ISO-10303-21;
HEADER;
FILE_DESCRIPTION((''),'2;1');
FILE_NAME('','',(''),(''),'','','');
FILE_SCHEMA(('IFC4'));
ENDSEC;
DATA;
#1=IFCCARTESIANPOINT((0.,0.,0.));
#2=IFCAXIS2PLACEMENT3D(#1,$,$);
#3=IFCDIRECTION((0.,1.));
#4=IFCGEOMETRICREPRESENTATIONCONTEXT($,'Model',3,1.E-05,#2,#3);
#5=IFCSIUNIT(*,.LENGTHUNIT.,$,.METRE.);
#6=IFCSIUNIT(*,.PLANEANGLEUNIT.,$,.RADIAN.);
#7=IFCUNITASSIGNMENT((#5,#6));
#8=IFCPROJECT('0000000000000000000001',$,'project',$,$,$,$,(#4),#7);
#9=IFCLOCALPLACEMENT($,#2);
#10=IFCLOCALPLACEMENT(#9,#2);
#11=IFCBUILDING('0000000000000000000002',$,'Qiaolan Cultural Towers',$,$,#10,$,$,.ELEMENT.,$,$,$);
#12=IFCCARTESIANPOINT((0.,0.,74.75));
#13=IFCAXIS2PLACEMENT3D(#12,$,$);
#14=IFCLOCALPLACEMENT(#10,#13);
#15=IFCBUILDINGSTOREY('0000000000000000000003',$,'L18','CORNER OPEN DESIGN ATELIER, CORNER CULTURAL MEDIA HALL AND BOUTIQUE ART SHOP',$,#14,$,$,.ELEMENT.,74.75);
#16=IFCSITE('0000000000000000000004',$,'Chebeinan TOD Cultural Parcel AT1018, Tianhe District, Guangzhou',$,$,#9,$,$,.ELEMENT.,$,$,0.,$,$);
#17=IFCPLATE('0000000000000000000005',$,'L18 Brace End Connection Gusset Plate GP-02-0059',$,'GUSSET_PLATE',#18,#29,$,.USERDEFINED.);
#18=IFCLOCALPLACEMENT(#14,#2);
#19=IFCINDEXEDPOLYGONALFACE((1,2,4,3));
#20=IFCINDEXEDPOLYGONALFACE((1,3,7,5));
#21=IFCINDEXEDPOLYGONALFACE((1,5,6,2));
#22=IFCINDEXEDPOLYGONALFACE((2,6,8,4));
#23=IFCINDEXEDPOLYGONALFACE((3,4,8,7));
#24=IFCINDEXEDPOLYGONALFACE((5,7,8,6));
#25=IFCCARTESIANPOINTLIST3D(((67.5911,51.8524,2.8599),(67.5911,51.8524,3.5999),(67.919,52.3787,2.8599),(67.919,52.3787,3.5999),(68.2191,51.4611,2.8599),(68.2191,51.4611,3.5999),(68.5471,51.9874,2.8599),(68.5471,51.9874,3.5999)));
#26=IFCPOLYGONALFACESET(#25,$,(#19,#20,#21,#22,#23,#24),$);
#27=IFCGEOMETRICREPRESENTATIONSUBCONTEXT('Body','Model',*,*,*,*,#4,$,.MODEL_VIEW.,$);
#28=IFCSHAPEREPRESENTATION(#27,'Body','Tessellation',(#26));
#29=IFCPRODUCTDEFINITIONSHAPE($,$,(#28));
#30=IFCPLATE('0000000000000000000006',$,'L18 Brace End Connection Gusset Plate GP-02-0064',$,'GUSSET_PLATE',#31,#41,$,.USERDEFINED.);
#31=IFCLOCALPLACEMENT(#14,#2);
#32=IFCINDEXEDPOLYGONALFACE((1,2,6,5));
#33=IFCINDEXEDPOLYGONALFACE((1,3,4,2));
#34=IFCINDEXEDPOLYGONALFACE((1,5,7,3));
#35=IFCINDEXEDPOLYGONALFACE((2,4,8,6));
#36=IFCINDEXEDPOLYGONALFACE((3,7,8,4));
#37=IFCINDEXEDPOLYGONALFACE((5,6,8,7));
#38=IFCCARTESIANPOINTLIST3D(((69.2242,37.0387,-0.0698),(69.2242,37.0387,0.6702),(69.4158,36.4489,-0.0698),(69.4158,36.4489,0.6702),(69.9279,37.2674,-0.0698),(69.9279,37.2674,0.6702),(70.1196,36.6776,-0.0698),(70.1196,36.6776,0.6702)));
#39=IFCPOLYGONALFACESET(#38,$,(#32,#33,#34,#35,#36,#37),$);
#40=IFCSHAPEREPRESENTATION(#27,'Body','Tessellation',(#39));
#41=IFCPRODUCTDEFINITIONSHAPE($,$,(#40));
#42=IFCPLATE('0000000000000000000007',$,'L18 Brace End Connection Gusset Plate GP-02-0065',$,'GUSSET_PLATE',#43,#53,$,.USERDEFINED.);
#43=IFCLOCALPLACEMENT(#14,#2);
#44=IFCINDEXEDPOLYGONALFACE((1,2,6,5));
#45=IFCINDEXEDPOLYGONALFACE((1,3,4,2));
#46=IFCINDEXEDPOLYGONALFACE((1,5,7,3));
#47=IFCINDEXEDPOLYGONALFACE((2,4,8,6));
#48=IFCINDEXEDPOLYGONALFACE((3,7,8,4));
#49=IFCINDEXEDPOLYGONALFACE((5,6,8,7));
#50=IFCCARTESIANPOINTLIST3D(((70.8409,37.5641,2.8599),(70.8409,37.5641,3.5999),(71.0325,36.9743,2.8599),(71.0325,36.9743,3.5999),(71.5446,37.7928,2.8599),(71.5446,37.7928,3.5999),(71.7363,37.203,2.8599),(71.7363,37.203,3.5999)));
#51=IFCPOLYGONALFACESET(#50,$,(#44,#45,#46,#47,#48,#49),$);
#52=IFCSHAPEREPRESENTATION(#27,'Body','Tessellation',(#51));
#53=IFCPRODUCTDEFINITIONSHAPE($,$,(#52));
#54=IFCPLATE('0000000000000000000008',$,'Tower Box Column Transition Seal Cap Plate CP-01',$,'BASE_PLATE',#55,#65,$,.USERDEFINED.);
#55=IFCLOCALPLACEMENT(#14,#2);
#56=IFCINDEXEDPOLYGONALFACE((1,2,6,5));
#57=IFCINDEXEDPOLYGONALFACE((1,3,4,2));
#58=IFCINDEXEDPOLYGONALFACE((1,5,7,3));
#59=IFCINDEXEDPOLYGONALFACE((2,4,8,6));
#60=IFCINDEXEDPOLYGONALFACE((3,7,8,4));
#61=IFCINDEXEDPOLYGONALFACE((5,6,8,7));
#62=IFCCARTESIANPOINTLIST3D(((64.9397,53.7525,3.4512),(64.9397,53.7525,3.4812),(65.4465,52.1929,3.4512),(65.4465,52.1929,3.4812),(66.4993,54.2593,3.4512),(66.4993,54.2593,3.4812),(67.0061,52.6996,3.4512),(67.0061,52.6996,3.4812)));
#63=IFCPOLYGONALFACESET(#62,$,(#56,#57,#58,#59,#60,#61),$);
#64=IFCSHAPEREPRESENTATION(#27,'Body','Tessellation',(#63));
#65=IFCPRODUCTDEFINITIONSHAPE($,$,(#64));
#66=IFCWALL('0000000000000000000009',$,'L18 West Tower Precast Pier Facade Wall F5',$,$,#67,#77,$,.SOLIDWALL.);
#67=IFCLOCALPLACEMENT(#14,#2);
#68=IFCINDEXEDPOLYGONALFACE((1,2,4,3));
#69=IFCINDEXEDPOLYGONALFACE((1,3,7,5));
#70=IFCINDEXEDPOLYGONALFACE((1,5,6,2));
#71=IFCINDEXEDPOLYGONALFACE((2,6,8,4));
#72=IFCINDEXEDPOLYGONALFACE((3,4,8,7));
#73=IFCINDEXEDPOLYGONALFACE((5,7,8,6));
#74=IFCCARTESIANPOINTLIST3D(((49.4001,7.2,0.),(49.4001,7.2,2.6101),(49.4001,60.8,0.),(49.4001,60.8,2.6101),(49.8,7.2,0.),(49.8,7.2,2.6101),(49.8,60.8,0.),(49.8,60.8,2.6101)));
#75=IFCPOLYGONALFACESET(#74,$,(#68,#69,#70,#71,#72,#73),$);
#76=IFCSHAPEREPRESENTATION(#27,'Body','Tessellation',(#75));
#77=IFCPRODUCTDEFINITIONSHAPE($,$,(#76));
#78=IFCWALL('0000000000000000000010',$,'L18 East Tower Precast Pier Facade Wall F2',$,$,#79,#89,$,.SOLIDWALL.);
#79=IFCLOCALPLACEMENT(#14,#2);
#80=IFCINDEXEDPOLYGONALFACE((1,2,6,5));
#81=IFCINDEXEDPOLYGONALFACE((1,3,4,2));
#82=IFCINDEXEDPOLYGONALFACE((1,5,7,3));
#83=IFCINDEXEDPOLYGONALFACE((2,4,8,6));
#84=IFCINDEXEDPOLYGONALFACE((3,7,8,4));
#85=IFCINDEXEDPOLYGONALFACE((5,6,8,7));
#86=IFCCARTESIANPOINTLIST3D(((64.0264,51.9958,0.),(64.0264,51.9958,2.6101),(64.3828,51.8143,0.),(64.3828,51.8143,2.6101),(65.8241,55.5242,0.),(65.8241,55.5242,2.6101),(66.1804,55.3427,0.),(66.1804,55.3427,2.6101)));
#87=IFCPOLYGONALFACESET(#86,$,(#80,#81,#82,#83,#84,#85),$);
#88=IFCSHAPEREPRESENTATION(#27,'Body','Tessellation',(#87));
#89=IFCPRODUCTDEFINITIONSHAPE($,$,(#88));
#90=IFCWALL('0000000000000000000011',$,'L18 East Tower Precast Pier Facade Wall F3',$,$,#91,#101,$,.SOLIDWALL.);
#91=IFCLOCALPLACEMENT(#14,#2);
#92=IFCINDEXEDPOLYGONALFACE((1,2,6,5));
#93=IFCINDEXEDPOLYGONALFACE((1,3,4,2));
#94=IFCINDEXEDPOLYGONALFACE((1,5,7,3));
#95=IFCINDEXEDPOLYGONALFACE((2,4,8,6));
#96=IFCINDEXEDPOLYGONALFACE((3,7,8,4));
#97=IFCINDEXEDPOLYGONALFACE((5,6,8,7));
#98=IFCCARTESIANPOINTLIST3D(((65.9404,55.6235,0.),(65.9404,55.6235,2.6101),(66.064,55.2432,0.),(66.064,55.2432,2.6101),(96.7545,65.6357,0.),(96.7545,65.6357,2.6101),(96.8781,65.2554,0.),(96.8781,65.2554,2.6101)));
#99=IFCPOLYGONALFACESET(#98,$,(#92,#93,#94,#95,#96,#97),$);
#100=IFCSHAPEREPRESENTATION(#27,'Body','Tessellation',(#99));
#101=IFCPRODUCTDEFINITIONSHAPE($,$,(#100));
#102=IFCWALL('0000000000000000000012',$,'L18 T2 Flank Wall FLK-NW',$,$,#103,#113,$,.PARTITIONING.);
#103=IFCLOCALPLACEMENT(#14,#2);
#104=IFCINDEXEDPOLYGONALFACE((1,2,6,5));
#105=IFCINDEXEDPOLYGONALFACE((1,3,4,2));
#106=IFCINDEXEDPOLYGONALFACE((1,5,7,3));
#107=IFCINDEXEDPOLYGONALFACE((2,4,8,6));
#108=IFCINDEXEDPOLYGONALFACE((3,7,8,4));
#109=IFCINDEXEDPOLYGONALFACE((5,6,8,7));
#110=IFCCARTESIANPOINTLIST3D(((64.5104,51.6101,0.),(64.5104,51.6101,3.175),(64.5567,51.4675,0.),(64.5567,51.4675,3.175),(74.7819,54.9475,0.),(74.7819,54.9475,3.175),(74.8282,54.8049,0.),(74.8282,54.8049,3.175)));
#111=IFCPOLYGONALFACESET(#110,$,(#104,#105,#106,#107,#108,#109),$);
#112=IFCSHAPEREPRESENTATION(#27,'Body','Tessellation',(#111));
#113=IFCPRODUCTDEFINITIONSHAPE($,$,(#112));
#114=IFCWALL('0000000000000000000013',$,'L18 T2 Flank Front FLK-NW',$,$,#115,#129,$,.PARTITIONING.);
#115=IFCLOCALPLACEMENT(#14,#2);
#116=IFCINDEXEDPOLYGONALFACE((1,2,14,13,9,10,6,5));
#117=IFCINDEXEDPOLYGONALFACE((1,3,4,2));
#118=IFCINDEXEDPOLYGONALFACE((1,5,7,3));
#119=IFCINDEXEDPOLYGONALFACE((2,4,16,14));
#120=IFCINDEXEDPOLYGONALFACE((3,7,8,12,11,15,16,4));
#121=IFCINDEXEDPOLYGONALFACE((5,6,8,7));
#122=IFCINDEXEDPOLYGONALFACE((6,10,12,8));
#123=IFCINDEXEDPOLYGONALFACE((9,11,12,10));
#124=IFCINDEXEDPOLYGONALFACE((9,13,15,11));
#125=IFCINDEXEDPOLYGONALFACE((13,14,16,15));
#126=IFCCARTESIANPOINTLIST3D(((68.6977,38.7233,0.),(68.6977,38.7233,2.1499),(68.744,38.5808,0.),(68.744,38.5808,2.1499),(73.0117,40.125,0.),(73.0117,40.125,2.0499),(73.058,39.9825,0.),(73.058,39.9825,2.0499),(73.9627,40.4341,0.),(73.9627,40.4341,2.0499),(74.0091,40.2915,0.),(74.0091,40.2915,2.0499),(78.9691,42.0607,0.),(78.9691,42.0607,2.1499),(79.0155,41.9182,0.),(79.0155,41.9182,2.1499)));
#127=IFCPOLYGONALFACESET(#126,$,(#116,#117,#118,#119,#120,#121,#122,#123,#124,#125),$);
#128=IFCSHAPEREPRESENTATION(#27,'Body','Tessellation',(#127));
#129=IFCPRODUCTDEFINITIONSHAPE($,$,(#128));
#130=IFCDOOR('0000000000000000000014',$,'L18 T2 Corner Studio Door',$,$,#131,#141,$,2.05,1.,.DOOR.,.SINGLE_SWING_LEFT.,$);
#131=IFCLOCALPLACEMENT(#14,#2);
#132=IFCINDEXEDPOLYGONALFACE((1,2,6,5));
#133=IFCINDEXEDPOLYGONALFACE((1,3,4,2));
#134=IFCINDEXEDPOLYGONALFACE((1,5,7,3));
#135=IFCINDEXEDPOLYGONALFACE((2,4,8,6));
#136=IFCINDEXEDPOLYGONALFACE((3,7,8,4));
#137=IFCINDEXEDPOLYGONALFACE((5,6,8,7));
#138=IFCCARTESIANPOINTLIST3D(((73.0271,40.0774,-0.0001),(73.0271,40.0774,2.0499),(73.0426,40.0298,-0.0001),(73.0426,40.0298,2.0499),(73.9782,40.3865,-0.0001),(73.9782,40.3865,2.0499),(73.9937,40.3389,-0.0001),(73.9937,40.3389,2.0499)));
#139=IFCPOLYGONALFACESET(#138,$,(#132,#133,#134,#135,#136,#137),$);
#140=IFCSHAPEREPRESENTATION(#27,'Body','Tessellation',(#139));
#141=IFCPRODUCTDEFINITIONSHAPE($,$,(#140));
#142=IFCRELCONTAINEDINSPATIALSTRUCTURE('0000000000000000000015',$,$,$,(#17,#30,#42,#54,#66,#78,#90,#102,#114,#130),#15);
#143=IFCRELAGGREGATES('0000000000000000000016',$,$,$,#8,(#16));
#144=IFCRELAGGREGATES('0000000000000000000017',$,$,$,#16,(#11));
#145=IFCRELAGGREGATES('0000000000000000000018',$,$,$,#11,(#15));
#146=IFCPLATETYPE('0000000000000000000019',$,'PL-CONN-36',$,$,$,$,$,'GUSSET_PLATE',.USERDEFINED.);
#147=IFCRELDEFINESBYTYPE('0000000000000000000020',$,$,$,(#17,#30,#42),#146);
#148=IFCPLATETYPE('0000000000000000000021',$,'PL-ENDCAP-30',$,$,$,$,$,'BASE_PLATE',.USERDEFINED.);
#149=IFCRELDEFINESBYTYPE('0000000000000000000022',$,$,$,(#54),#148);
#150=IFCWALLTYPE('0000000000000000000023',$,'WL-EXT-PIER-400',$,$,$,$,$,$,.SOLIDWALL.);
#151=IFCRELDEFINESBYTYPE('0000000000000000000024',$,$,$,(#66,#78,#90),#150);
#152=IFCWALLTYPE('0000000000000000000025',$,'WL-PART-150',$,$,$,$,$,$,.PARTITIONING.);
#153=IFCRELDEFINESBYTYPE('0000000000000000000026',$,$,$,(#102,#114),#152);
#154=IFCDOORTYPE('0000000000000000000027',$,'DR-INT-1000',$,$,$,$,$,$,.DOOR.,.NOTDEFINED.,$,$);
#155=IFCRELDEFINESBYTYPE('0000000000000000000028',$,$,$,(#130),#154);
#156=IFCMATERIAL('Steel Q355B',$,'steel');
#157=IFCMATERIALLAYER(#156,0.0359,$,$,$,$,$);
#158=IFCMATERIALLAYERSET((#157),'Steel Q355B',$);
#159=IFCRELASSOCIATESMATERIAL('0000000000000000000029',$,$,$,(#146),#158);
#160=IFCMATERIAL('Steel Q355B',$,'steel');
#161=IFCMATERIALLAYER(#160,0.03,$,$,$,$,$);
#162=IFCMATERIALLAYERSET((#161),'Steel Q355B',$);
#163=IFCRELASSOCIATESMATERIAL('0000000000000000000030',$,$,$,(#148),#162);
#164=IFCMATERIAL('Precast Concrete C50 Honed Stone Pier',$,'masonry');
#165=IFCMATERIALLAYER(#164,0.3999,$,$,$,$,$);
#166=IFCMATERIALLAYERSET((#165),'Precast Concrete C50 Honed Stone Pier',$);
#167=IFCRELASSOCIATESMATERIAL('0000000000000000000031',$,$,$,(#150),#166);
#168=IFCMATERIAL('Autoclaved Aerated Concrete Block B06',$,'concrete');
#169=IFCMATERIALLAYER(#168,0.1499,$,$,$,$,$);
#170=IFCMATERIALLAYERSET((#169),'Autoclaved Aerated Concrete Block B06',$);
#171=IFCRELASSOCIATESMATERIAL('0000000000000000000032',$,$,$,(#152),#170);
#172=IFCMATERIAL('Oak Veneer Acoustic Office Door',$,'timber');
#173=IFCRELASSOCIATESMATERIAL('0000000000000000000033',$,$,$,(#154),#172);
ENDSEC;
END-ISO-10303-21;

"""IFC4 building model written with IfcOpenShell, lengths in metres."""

from ifc_helpers import new_model, si_unit, direction, frame, frame_2d, origin, origin_2d, place, context, subcontext, project, spatial, rectangle, extrude, material, layer, layer_set, type_object, element, fill, save


model = new_model("IFC4")

# Units and contexts
model_context = context("Model", 3, precision=1e-05, world=origin(), true_north=direction((0.0, 1.0)))
body_context = subcontext(model_context, "Body", "Model", "MODEL_VIEW")
ifc_project = project(units=[si_unit("LENGTHUNIT", "METRE"), si_unit("PLANEANGLEUNIT", "RADIAN")], contexts=[model_context])

# Site, building, storey
site_placement = place(None, origin())
site = spatial("IfcSite", under=ifc_project, at=site_placement, Name="Chebeinan TOD Cultural Parcel AT1018, Tianhe District, Guangzhou", CompositionType="ELEMENT", RefElevation=0.0)
building_placement = place(site_placement, origin())
building = spatial("IfcBuilding", under=site, at=building_placement, Name="Qiaolan Cultural Towers", CompositionType="ELEMENT")
storey_placement = place(building_placement, frame((0.0, 0.0, 74.75)))
storey = spatial("IfcBuildingStorey", under=building, at=storey_placement, Name="L18", Description="CORNER OPEN DESIGN ATELIER, CORNER CULTURAL MEDIA HALL AND BOUTIQUE ART SHOP", CompositionType="ELEMENT", Elevation=74.75)

# Plates
ifc_material_1 = material(Name="Steel Q355B", Category="steel")
ifc_layer_1 = layer(ifc_material_1, 0.0359)
ifc_layer_set_1 = layer_set([ifc_layer_1], Name="Steel Q355B")
plate_type_1 = type_object("IfcPlateType", Name="PL-CONN-36", ElementType="GUSSET_PLATE", PredefinedType="USERDEFINED", material=ifc_layer_set_1)
for number, where, z_axis, x_axis, name in (
    (1, (68.0691, 51.9199, 2.8599), (0.0, 0.0, 1.0), (-0.848722, 0.52884, 0.0), "L18 Brace End Connection Gusset Plate GP-02-0059"),
    (2, (69.6719, 36.8582, -0.0698), (0.0, 0.0, 1.0), (0.951056, 0.309017, 0.0), "L18 Brace End Connection Gusset Plate GP-02-0064"),
    (3, (71.2886, 37.3835, 2.8599), (0.0, 0.0, 1.0), (0.951056, 0.309017, 0.0), "L18 Brace End Connection Gusset Plate GP-02-0065"),
):
    element("IfcPlate", number, at=place(storey_placement, frame(where, z_axis=z_axis, x_axis=x_axis)), inside=storey, type_object=plate_type_1, Name=name, ObjectType="GUSSET_PLATE", PredefinedType="USERDEFINED", context=body_context, shape_type="SweptSolid", body=[
        extrude(rectangle(XDim=0.74, YDim=0.6201, at=origin_2d()), origin(), (0.0, 0.0, 1.0), 0.74),
    ])
ifc_material_2 = material(Name="Steel Q355B", Category="steel")
ifc_layer_2 = layer(ifc_material_2, 0.03)
ifc_layer_set_2 = layer_set([ifc_layer_2], Name="Steel Q355B")
plate_type_2 = type_object("IfcPlateType", Name="PL-ENDCAP-30", ElementType="BASE_PLATE", PredefinedType="USERDEFINED", material=ifc_layer_set_2)
plate_1_placement = place(storey_placement, frame((65.9729, 53.2261, 3.4512), z_axis=(0.0, 0.0, 1.0), x_axis=(0.951057, 0.309017, 0.0)))
element("IfcPlate", 4, at=plate_1_placement, inside=storey, type_object=plate_type_2, Name="Tower Box Column Transition Seal Cap Plate CP-01", ObjectType="BASE_PLATE", PredefinedType="USERDEFINED", context=body_context, shape_type="SweptSolid", body=[
    extrude(rectangle(XDim=1.6399, YDim=1.6399, at=origin_2d()), origin(), (0.0, 0.0, 1.0), 0.03),
])

# Walls
ifc_material_3 = material(Name="Precast Concrete C50 Honed Stone Pier", Category="masonry")
ifc_layer_3 = layer(ifc_material_3, 0.3999)
ifc_layer_set_3 = layer_set([ifc_layer_3], Name="Precast Concrete C50 Honed Stone Pier")
wall_type_1 = type_object("IfcWallType", Name="WL-EXT-PIER-400", PredefinedType="SOLIDWALL", material=ifc_layer_set_3)
wall_1_placement = place(storey_placement, frame((49.6001, 60.8, 0.0), z_axis=(0.0, 0.0, 1.0), x_axis=(0.0, -1.0, 0.0)))
element("IfcWall", 5, at=wall_1_placement, inside=storey, type_object=wall_type_1, Name="L18 West Tower Precast Pier Facade Wall F5", PredefinedType="SOLIDWALL", context=body_context, shape_type="SweptSolid", body=[
    extrude(rectangle(XDim=53.6001, YDim=0.3999, at=frame_2d((26.8, 0.0))), origin(), (0.0, 0.0, 1.0), 2.6101),
])
wall_2_placement = place(storey_placement, frame((64.2046, 51.905, 0.0), z_axis=(0.0, 0.0, 1.0), x_axis=(0.453958, 0.891023, 0.0)))
element("IfcWall", 6, at=wall_2_placement, inside=storey, type_object=wall_type_1, Name="L18 East Tower Precast Pier Facade Wall F2", PredefinedType="SOLIDWALL", context=body_context, shape_type="SweptSolid", body=[
    extrude(rectangle(XDim=3.96, YDim=0.3999, at=frame_2d((1.98, 0.0))), origin(), (0.0, 0.0, 1.0), 2.6101),
])
wall_3_placement = place(storey_placement, frame((66.0022, 55.4333, 0.0), z_axis=(0.0, 0.0, 1.0), x_axis=(0.951056, 0.309019, 0.0)))
element("IfcWall", 7, at=wall_3_placement, inside=storey, type_object=wall_type_1, Name="L18 East Tower Precast Pier Facade Wall F3", PredefinedType="SOLIDWALL", context=body_context, shape_type="SweptSolid", body=[
    extrude(rectangle(XDim=32.3999, YDim=0.3999, at=frame_2d((16.2, 0.0))), origin(), (0.0, 0.0, 1.0), 2.6101),
])
ifc_material_4 = material(Name="Autoclaved Aerated Concrete Block B06", Category="concrete")
ifc_layer_4 = layer(ifc_material_4, 0.1499)
ifc_layer_set_4 = layer_set([ifc_layer_4], Name="Autoclaved Aerated Concrete Block B06")
wall_type_2 = type_object("IfcWallType", Name="WL-PART-150", PredefinedType="PARTITIONING", material=ifc_layer_set_4)
wall_4_placement = place(storey_placement, frame((64.5337, 51.5388, 0.0), z_axis=(0.0, 0.0, 1.0), x_axis=(0.951057, 0.309017, 0.0)))
element("IfcWall", 8, at=wall_4_placement, inside=storey, type_object=wall_type_2, Name="L18 T2 Flank Wall FLK-NW", PredefinedType="PARTITIONING", context=body_context, shape_type="SweptSolid", body=[
    extrude(rectangle(XDim=10.8, YDim=0.1499, at=frame_2d((5.3999, 0.0))), origin(), (0.0, 0.0, 1.0), 3.175),
])

# Wall, opening, door
wall_5_placement = place(storey_placement, frame((68.7209, 38.6521, 0.0), z_axis=(0.0, 0.0, 1.0), x_axis=(0.951057, 0.309017, 0.0)))
wall_5 = element("IfcWall", 9, at=wall_5_placement, inside=storey, type_object=wall_type_2, Name="L18 T2 Flank Front FLK-NW", PredefinedType="PARTITIONING", context=body_context, shape_type="SweptSolid", body=[
    extrude(rectangle(XDim=10.8, YDim=0.1499, at=frame_2d((5.3999, 0.0))), origin(), (0.0, 0.0, 1.0), 2.1499),
])
opening_placement = place(wall_5_placement, frame((4.5359, 0.0, 0.0)))
opening = element("IfcOpeningElement", 10, at=opening_placement, cuts=wall_5, PredefinedType="OPENING", context=body_context, shape_type="SweptSolid", body=[
    extrude(rectangle(XDim=1.0, YDim=2.05, at=frame_2d((0.5, 1.0249))), frame((0.0, 0.085, 0.0), z_axis=(0.0, -1.0, 0.0), x_axis=(1.0, 0.0, 0.0)), (0.0, 0.0, 1.0), 0.1699),
])
ifc_material_5 = material(Name="Oak Veneer Acoustic Office Door", Category="timber")
door_type = type_object("IfcDoorType", Name="DR-INT-1000", OperationType="NOTDEFINED", PredefinedType="DOOR", material=ifc_material_5)
door_placement = place(opening_placement, origin())
door = element("IfcDoor", 11, at=door_placement, inside=storey, type_object=door_type, Name="L18 T2 Corner Studio Door", OperationType="SINGLE_SWING_LEFT", OverallHeight=2.05, OverallWidth=1.0, PredefinedType="DOOR", context=body_context, shape_type="SweptSolid", body=[
    extrude(rectangle(XDim=1.0, YDim=2.05, at=frame_2d((0.5, 1.0249))), frame((0.0, 0.0249, 0.0), z_axis=(0.0, -1.0, 0.0), x_axis=(1.0, 0.0, 0.0)), (0.0, 0.0, 1.0), 0.05),
])
fill(opening, door)

save(model, "model.ifc")
